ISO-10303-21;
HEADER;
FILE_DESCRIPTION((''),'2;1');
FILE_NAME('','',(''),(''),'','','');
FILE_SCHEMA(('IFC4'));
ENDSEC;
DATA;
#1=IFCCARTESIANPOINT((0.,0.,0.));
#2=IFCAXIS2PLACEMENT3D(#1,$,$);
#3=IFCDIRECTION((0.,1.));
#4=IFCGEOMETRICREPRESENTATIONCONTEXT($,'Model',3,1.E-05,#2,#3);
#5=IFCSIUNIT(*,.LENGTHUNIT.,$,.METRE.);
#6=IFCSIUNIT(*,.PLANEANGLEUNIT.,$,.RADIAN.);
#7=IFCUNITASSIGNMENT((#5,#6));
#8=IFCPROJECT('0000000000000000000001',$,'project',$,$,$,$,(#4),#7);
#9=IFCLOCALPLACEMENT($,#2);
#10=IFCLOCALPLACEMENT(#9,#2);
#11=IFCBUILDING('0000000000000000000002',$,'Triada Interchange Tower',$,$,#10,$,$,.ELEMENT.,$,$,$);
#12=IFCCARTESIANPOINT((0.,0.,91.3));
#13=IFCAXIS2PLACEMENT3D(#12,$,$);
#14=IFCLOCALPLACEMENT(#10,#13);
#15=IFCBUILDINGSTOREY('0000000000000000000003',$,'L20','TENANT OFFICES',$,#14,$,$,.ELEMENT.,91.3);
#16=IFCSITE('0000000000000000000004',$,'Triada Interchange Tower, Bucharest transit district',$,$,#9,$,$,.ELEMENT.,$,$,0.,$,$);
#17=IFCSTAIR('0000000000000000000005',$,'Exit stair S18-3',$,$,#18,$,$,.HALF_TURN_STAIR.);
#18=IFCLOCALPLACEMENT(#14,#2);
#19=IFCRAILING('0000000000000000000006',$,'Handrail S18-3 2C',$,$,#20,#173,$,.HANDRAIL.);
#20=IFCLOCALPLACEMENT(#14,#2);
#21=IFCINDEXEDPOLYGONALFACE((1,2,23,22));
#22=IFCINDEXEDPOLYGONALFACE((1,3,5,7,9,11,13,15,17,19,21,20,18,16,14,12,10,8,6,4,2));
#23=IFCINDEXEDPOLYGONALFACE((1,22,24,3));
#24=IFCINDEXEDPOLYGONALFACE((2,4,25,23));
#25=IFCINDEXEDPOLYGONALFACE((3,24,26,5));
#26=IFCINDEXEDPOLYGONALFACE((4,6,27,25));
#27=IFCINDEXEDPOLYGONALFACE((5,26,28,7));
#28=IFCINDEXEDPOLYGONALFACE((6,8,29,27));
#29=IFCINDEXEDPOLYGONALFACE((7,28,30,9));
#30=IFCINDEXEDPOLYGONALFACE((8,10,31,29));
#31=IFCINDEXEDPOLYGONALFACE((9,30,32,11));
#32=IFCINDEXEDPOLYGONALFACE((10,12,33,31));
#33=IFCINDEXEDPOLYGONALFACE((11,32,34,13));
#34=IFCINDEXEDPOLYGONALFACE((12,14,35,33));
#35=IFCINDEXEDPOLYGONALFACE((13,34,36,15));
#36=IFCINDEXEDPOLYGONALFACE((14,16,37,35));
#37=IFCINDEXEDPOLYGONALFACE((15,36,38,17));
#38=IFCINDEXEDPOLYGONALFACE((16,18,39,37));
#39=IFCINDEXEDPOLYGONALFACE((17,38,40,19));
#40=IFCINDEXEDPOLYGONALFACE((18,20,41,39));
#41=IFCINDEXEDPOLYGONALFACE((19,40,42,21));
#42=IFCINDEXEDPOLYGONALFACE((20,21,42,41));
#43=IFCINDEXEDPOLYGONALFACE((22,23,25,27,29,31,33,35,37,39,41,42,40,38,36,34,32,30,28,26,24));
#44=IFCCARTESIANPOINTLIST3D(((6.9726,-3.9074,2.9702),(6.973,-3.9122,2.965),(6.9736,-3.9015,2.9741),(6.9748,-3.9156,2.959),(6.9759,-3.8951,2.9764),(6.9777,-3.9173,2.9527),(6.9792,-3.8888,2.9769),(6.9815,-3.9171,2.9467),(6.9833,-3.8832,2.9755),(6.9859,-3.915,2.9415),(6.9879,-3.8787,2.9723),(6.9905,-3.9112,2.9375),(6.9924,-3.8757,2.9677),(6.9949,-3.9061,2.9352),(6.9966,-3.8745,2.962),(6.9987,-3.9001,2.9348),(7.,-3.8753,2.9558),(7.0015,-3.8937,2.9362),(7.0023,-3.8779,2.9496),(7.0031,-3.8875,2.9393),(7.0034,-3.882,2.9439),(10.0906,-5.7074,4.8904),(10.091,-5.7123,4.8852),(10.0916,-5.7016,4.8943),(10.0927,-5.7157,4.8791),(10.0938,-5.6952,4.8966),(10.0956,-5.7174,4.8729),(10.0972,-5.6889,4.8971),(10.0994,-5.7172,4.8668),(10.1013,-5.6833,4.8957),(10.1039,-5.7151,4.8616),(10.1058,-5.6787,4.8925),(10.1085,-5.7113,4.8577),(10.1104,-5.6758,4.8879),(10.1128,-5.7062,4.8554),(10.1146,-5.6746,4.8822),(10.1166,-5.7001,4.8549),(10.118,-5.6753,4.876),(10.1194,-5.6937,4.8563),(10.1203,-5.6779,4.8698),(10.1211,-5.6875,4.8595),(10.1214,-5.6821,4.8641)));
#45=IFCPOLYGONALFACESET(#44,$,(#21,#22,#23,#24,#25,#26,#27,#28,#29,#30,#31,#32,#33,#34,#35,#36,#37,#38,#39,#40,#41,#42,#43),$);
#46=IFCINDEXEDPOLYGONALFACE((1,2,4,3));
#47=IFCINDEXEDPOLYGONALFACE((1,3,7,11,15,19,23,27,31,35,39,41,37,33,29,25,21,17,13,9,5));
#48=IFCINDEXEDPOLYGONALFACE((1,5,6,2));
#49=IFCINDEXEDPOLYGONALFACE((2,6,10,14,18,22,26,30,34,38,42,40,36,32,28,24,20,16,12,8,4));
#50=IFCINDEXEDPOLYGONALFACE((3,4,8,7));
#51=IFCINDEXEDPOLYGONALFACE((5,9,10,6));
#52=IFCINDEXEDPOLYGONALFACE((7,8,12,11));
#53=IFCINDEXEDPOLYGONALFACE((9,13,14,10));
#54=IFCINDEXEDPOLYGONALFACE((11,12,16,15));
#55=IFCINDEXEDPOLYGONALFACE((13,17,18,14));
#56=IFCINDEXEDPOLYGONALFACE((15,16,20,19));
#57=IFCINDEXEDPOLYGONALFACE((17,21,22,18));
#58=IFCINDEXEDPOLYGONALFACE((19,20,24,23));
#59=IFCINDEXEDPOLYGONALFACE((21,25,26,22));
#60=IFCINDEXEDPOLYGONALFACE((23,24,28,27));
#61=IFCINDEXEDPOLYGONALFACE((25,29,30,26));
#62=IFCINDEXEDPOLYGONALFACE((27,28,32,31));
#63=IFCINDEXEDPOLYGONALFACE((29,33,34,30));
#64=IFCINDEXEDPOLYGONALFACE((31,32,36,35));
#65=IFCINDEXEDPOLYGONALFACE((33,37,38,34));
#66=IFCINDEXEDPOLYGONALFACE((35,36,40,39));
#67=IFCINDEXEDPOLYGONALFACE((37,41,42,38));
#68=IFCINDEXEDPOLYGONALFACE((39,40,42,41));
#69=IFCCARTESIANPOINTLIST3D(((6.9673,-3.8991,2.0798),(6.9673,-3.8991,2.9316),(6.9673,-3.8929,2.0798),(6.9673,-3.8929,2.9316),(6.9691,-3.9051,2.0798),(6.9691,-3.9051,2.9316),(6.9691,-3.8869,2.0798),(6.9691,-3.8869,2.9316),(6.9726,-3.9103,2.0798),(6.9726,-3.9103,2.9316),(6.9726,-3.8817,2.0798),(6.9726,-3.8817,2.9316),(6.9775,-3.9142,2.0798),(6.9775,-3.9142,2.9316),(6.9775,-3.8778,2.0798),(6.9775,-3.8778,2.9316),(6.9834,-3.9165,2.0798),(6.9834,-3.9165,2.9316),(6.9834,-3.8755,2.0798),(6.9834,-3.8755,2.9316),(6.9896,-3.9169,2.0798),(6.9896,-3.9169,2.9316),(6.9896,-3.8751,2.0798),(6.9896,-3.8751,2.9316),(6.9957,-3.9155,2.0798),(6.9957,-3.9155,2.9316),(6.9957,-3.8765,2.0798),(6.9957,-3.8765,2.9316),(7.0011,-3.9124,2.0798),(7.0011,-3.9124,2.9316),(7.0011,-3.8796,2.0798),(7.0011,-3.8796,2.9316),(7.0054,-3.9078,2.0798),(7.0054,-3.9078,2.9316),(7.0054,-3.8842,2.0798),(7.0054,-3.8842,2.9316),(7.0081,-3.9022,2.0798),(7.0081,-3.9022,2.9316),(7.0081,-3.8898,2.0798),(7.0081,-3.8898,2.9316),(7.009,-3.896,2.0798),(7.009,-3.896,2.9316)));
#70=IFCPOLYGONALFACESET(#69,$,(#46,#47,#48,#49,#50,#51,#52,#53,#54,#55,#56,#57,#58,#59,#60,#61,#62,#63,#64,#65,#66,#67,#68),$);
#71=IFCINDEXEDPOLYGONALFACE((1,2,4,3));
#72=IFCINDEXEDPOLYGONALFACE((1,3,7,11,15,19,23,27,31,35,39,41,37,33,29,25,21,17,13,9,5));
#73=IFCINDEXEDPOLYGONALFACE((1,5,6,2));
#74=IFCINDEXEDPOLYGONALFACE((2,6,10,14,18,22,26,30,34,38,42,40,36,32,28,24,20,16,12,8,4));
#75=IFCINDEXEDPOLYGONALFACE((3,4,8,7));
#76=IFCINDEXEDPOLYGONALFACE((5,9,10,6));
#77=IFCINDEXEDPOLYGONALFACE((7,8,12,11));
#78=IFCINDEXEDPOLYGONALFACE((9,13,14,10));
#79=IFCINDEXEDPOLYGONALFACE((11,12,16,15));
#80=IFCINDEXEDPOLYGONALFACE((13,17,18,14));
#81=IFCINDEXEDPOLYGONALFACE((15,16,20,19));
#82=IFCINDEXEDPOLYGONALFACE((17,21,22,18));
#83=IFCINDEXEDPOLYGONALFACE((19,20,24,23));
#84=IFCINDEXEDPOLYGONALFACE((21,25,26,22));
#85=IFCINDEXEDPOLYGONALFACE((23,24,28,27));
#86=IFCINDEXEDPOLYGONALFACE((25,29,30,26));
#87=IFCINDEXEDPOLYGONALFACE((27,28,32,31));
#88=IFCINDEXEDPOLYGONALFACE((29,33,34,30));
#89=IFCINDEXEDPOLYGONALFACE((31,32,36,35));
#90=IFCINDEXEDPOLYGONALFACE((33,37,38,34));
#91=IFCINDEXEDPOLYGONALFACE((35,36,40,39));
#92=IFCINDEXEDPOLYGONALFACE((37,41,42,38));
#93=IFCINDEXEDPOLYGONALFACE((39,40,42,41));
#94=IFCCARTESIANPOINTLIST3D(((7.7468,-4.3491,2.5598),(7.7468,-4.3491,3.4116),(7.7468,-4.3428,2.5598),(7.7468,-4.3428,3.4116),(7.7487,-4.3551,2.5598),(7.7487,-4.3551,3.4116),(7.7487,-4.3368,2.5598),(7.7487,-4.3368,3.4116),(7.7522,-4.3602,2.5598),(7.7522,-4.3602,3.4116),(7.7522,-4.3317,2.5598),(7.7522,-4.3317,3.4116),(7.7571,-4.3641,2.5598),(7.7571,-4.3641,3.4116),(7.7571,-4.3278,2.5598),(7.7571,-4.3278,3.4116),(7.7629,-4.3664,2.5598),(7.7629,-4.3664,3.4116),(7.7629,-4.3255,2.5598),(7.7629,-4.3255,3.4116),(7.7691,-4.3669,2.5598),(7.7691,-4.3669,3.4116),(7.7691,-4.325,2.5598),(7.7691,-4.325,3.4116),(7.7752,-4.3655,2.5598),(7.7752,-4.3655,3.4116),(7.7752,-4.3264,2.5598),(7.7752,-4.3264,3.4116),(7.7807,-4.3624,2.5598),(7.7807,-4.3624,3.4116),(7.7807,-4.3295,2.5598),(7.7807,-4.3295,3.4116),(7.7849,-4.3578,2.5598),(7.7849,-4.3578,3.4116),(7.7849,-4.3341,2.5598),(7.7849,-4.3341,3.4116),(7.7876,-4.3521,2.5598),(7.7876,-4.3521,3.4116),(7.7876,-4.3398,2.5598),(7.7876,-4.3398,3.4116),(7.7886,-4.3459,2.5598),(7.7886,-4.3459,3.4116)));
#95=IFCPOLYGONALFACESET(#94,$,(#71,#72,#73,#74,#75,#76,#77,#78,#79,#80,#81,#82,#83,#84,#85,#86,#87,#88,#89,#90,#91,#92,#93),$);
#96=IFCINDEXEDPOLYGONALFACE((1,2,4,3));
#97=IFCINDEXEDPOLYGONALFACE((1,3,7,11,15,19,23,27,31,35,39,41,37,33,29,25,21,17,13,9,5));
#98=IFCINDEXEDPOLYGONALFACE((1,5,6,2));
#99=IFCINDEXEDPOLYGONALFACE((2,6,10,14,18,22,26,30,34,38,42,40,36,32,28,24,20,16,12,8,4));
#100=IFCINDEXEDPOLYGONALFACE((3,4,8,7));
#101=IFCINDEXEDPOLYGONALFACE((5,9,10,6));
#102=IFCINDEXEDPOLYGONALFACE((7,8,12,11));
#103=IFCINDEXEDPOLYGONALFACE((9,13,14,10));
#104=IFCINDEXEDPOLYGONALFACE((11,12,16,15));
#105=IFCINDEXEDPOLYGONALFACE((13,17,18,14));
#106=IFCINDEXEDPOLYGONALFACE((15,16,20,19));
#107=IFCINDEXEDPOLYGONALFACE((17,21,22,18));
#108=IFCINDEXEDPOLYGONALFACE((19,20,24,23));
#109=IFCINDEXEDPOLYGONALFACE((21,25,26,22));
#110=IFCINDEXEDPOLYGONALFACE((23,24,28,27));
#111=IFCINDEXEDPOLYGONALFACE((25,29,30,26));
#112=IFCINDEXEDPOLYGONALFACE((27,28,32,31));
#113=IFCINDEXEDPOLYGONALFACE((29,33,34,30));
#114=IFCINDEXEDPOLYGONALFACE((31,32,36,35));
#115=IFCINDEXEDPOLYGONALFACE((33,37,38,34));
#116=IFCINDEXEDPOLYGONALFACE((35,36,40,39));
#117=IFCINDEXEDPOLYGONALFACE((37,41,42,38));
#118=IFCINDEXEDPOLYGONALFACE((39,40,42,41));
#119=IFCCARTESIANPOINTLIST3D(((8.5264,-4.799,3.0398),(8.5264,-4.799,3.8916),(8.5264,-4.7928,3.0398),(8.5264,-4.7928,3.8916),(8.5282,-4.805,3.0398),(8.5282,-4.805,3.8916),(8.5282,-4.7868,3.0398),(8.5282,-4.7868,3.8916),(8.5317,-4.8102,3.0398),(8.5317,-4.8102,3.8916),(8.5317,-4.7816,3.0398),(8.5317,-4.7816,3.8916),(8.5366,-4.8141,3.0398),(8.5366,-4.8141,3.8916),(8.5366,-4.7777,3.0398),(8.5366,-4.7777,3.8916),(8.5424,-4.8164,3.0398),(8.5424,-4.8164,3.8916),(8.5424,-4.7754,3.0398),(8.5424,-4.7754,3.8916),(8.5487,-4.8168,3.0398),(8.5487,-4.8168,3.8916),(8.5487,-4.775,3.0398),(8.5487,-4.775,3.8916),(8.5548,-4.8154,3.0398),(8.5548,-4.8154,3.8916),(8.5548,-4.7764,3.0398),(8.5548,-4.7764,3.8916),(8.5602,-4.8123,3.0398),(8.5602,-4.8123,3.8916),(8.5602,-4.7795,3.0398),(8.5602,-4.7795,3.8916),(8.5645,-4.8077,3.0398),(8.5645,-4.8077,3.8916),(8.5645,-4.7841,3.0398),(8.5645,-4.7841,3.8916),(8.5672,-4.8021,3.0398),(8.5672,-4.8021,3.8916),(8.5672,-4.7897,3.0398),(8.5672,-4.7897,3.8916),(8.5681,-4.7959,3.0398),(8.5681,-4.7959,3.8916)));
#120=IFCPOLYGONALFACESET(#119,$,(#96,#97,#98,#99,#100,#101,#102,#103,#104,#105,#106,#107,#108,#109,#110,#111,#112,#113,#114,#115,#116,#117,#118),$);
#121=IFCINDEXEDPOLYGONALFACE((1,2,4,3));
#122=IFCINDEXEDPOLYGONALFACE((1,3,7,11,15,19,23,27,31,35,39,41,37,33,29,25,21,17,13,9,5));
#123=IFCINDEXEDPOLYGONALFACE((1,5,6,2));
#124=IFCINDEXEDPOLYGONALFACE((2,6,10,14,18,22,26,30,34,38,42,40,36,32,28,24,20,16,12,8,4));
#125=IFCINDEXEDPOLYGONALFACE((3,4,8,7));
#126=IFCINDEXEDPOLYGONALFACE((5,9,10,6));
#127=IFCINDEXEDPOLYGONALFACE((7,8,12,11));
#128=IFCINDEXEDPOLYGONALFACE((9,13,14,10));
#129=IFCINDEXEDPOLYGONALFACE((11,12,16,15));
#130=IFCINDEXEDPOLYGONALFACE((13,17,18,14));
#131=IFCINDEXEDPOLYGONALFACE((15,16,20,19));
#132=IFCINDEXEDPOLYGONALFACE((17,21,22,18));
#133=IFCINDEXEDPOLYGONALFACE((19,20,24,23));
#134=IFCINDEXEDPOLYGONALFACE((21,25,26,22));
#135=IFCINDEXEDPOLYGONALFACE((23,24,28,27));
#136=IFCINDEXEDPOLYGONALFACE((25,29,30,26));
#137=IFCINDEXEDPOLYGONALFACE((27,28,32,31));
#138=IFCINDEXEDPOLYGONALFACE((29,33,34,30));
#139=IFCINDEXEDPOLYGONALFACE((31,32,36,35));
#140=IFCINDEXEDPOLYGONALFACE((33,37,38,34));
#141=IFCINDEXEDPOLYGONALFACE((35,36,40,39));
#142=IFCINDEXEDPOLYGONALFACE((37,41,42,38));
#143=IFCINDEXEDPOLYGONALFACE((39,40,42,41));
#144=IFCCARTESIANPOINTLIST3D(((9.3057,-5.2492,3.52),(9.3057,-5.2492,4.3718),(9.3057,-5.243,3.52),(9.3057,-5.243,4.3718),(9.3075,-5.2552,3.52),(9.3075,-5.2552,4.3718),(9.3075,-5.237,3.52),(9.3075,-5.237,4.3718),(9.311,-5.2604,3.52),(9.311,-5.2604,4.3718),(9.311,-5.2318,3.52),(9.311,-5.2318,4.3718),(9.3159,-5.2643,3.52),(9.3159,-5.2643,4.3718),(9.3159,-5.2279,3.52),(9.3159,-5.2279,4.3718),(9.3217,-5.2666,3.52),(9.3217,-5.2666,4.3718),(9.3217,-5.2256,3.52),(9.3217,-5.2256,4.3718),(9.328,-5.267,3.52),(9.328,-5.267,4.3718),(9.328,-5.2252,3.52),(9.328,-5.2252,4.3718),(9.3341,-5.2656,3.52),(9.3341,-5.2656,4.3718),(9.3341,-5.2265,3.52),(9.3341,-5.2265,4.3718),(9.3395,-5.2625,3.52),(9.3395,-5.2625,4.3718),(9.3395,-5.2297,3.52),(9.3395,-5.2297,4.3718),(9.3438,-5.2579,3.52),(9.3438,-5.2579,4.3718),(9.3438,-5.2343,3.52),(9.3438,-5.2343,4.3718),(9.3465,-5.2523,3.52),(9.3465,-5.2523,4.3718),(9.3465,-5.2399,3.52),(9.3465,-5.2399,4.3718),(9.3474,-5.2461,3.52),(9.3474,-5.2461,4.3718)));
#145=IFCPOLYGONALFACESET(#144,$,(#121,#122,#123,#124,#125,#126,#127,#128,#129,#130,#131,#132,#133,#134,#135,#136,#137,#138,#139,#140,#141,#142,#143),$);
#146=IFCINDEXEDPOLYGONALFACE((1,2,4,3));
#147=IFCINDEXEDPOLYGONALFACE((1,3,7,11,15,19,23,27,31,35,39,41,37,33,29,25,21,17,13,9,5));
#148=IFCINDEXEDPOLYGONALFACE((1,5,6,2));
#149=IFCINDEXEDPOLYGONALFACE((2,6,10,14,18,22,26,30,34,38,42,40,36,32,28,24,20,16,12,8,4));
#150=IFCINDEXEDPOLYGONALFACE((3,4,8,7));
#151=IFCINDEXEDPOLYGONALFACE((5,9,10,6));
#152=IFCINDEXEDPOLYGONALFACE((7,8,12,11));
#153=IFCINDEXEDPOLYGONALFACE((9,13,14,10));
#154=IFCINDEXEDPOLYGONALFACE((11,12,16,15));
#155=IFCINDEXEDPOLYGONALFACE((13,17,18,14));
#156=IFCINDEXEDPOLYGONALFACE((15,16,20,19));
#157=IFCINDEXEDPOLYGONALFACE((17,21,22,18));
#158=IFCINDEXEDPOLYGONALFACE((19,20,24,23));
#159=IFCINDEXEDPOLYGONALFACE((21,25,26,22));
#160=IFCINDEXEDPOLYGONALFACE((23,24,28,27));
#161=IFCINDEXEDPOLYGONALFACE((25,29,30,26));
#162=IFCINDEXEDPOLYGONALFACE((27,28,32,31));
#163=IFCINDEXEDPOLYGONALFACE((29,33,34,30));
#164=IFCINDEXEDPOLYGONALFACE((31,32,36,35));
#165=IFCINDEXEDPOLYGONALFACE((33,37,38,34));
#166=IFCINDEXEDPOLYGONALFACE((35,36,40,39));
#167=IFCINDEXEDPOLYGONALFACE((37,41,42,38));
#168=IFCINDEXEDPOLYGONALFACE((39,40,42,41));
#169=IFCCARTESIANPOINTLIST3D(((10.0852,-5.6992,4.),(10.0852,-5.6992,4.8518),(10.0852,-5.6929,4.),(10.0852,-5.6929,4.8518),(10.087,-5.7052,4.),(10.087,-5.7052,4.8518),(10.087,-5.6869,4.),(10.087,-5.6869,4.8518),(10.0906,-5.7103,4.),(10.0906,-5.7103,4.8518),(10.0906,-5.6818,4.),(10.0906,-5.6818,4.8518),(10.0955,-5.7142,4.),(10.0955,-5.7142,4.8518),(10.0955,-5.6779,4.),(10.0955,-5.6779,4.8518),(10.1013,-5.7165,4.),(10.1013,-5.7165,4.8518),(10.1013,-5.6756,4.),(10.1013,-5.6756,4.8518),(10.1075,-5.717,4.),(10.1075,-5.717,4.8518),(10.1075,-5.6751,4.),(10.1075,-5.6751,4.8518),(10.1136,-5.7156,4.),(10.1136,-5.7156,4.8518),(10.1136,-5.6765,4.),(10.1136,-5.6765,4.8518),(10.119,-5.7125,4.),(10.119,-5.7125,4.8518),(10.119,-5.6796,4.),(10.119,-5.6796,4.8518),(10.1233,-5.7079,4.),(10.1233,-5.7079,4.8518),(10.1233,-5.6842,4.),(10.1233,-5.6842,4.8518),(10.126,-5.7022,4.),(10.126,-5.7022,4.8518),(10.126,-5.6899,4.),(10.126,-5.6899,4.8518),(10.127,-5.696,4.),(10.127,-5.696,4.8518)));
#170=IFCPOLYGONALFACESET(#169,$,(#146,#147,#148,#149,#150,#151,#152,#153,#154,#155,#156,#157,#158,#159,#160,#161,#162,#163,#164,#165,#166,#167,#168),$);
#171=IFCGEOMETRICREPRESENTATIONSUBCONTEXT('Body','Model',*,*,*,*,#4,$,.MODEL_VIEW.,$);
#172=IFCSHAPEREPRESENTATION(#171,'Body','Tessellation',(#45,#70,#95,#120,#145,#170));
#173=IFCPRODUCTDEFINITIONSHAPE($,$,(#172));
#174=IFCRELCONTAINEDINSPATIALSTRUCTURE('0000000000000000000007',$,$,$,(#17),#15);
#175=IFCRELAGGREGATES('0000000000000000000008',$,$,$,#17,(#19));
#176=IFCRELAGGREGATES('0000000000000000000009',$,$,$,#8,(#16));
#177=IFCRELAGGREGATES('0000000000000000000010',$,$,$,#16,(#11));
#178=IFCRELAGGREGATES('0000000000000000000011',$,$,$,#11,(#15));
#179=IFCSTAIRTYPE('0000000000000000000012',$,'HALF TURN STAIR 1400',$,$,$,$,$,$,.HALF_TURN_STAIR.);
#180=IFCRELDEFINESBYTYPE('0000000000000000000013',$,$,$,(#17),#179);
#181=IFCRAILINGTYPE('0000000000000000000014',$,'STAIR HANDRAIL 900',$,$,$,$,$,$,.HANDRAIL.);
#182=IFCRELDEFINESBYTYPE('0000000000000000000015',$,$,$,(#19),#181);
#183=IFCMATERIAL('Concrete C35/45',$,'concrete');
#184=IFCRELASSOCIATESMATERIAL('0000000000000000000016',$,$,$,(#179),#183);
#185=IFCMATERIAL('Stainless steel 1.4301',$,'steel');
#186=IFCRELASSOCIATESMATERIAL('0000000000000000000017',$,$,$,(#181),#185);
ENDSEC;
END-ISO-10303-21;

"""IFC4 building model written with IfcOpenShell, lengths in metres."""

from ifc_helpers import new_model, si_unit, direction, frame, origin, origin_2d, place, context, subcontext, project, spatial, circle, extrude, material, type_object, element, aggregate, save


model = new_model("IFC4")

# Units and contexts
model_context = context("Model", 3, precision=1e-05, world=origin(), true_north=direction((0.0, 1.0)))
body_context = subcontext(model_context, "Body", "Model", "MODEL_VIEW")
ifc_project = project(units=[si_unit("LENGTHUNIT", "METRE"), si_unit("PLANEANGLEUNIT", "RADIAN")], contexts=[model_context])

# Site, building, storey
site_placement = place(None, origin())
site = spatial("IfcSite", under=ifc_project, at=site_placement, Name="Triada Interchange Tower, Bucharest transit district", CompositionType="ELEMENT", RefElevation=0.0)
building_placement = place(site_placement, origin())
building = spatial("IfcBuilding", under=site, at=building_placement, Name="Triada Interchange Tower", CompositionType="ELEMENT")
storey_placement = place(building_placement, frame((0.0, 0.0, 91.3)))
storey = spatial("IfcBuildingStorey", under=building, at=storey_placement, Name="L20", Description="TENANT OFFICES", CompositionType="ELEMENT", Elevation=91.3)

# Stair
ifc_material_1 = material(Name="Concrete C35/45", Category="concrete")
stair_type = type_object("IfcStairType", Name="HALF TURN STAIR 1400", PredefinedType="HALF_TURN_STAIR", material=ifc_material_1)
stair_placement = place(storey_placement, origin())
stair = element("IfcStair", 1, at=stair_placement, inside=storey, type_object=stair_type, Name="Exit stair S18-3", PredefinedType="HALF_TURN_STAIR")

# Railing
ifc_material_2 = material(Name="Stainless steel 1.4301", Category="steel")
railing_type = type_object("IfcRailingType", Name="STAIR HANDRAIL 900", PredefinedType="HANDRAIL", material=ifc_material_2)
railing_1_placement = place(storey_placement, frame((6.988, -3.896, 2.0798)))
railing_1 = element("IfcRailing", 2, at=railing_1_placement, type_object=railing_type, Name="Handrail S18-3 2C", PredefinedType="HANDRAIL", context=body_context, shape_type="SweptSolid", body=[
    extrude(circle(Radius=0.0239, at=origin_2d()), frame((0.0, 0.0, 0.876), z_axis=(0.764145, -0.441159, 0.470597), x_axis=(0.499983, 0.866035, 0.0)), (0.0, 0.0, 1.0), 4.0803),
    extrude(circle(Radius=0.021, at=origin_2d()), origin(), (0.0, 0.0, 1.0), 0.8518),
    extrude(circle(Radius=0.021, at=origin_2d()), frame((0.7795, -0.45, 0.48)), (0.0, 0.0, 1.0), 0.8518),
    extrude(circle(Radius=0.021, at=origin_2d()), frame((1.5591, -0.8999, 0.96)), (0.0, 0.0, 1.0), 0.8518),
    extrude(circle(Radius=0.021, at=origin_2d()), frame((2.3384, -1.3501, 1.4402)), (0.0, 0.0, 1.0), 0.8518),
    extrude(circle(Radius=0.021, at=origin_2d()), frame((3.1179, -1.8, 1.9202)), (0.0, 0.0, 1.0), 0.8518),
])
aggregate(stair, [railing_1])

save(model, "model.ifc")
